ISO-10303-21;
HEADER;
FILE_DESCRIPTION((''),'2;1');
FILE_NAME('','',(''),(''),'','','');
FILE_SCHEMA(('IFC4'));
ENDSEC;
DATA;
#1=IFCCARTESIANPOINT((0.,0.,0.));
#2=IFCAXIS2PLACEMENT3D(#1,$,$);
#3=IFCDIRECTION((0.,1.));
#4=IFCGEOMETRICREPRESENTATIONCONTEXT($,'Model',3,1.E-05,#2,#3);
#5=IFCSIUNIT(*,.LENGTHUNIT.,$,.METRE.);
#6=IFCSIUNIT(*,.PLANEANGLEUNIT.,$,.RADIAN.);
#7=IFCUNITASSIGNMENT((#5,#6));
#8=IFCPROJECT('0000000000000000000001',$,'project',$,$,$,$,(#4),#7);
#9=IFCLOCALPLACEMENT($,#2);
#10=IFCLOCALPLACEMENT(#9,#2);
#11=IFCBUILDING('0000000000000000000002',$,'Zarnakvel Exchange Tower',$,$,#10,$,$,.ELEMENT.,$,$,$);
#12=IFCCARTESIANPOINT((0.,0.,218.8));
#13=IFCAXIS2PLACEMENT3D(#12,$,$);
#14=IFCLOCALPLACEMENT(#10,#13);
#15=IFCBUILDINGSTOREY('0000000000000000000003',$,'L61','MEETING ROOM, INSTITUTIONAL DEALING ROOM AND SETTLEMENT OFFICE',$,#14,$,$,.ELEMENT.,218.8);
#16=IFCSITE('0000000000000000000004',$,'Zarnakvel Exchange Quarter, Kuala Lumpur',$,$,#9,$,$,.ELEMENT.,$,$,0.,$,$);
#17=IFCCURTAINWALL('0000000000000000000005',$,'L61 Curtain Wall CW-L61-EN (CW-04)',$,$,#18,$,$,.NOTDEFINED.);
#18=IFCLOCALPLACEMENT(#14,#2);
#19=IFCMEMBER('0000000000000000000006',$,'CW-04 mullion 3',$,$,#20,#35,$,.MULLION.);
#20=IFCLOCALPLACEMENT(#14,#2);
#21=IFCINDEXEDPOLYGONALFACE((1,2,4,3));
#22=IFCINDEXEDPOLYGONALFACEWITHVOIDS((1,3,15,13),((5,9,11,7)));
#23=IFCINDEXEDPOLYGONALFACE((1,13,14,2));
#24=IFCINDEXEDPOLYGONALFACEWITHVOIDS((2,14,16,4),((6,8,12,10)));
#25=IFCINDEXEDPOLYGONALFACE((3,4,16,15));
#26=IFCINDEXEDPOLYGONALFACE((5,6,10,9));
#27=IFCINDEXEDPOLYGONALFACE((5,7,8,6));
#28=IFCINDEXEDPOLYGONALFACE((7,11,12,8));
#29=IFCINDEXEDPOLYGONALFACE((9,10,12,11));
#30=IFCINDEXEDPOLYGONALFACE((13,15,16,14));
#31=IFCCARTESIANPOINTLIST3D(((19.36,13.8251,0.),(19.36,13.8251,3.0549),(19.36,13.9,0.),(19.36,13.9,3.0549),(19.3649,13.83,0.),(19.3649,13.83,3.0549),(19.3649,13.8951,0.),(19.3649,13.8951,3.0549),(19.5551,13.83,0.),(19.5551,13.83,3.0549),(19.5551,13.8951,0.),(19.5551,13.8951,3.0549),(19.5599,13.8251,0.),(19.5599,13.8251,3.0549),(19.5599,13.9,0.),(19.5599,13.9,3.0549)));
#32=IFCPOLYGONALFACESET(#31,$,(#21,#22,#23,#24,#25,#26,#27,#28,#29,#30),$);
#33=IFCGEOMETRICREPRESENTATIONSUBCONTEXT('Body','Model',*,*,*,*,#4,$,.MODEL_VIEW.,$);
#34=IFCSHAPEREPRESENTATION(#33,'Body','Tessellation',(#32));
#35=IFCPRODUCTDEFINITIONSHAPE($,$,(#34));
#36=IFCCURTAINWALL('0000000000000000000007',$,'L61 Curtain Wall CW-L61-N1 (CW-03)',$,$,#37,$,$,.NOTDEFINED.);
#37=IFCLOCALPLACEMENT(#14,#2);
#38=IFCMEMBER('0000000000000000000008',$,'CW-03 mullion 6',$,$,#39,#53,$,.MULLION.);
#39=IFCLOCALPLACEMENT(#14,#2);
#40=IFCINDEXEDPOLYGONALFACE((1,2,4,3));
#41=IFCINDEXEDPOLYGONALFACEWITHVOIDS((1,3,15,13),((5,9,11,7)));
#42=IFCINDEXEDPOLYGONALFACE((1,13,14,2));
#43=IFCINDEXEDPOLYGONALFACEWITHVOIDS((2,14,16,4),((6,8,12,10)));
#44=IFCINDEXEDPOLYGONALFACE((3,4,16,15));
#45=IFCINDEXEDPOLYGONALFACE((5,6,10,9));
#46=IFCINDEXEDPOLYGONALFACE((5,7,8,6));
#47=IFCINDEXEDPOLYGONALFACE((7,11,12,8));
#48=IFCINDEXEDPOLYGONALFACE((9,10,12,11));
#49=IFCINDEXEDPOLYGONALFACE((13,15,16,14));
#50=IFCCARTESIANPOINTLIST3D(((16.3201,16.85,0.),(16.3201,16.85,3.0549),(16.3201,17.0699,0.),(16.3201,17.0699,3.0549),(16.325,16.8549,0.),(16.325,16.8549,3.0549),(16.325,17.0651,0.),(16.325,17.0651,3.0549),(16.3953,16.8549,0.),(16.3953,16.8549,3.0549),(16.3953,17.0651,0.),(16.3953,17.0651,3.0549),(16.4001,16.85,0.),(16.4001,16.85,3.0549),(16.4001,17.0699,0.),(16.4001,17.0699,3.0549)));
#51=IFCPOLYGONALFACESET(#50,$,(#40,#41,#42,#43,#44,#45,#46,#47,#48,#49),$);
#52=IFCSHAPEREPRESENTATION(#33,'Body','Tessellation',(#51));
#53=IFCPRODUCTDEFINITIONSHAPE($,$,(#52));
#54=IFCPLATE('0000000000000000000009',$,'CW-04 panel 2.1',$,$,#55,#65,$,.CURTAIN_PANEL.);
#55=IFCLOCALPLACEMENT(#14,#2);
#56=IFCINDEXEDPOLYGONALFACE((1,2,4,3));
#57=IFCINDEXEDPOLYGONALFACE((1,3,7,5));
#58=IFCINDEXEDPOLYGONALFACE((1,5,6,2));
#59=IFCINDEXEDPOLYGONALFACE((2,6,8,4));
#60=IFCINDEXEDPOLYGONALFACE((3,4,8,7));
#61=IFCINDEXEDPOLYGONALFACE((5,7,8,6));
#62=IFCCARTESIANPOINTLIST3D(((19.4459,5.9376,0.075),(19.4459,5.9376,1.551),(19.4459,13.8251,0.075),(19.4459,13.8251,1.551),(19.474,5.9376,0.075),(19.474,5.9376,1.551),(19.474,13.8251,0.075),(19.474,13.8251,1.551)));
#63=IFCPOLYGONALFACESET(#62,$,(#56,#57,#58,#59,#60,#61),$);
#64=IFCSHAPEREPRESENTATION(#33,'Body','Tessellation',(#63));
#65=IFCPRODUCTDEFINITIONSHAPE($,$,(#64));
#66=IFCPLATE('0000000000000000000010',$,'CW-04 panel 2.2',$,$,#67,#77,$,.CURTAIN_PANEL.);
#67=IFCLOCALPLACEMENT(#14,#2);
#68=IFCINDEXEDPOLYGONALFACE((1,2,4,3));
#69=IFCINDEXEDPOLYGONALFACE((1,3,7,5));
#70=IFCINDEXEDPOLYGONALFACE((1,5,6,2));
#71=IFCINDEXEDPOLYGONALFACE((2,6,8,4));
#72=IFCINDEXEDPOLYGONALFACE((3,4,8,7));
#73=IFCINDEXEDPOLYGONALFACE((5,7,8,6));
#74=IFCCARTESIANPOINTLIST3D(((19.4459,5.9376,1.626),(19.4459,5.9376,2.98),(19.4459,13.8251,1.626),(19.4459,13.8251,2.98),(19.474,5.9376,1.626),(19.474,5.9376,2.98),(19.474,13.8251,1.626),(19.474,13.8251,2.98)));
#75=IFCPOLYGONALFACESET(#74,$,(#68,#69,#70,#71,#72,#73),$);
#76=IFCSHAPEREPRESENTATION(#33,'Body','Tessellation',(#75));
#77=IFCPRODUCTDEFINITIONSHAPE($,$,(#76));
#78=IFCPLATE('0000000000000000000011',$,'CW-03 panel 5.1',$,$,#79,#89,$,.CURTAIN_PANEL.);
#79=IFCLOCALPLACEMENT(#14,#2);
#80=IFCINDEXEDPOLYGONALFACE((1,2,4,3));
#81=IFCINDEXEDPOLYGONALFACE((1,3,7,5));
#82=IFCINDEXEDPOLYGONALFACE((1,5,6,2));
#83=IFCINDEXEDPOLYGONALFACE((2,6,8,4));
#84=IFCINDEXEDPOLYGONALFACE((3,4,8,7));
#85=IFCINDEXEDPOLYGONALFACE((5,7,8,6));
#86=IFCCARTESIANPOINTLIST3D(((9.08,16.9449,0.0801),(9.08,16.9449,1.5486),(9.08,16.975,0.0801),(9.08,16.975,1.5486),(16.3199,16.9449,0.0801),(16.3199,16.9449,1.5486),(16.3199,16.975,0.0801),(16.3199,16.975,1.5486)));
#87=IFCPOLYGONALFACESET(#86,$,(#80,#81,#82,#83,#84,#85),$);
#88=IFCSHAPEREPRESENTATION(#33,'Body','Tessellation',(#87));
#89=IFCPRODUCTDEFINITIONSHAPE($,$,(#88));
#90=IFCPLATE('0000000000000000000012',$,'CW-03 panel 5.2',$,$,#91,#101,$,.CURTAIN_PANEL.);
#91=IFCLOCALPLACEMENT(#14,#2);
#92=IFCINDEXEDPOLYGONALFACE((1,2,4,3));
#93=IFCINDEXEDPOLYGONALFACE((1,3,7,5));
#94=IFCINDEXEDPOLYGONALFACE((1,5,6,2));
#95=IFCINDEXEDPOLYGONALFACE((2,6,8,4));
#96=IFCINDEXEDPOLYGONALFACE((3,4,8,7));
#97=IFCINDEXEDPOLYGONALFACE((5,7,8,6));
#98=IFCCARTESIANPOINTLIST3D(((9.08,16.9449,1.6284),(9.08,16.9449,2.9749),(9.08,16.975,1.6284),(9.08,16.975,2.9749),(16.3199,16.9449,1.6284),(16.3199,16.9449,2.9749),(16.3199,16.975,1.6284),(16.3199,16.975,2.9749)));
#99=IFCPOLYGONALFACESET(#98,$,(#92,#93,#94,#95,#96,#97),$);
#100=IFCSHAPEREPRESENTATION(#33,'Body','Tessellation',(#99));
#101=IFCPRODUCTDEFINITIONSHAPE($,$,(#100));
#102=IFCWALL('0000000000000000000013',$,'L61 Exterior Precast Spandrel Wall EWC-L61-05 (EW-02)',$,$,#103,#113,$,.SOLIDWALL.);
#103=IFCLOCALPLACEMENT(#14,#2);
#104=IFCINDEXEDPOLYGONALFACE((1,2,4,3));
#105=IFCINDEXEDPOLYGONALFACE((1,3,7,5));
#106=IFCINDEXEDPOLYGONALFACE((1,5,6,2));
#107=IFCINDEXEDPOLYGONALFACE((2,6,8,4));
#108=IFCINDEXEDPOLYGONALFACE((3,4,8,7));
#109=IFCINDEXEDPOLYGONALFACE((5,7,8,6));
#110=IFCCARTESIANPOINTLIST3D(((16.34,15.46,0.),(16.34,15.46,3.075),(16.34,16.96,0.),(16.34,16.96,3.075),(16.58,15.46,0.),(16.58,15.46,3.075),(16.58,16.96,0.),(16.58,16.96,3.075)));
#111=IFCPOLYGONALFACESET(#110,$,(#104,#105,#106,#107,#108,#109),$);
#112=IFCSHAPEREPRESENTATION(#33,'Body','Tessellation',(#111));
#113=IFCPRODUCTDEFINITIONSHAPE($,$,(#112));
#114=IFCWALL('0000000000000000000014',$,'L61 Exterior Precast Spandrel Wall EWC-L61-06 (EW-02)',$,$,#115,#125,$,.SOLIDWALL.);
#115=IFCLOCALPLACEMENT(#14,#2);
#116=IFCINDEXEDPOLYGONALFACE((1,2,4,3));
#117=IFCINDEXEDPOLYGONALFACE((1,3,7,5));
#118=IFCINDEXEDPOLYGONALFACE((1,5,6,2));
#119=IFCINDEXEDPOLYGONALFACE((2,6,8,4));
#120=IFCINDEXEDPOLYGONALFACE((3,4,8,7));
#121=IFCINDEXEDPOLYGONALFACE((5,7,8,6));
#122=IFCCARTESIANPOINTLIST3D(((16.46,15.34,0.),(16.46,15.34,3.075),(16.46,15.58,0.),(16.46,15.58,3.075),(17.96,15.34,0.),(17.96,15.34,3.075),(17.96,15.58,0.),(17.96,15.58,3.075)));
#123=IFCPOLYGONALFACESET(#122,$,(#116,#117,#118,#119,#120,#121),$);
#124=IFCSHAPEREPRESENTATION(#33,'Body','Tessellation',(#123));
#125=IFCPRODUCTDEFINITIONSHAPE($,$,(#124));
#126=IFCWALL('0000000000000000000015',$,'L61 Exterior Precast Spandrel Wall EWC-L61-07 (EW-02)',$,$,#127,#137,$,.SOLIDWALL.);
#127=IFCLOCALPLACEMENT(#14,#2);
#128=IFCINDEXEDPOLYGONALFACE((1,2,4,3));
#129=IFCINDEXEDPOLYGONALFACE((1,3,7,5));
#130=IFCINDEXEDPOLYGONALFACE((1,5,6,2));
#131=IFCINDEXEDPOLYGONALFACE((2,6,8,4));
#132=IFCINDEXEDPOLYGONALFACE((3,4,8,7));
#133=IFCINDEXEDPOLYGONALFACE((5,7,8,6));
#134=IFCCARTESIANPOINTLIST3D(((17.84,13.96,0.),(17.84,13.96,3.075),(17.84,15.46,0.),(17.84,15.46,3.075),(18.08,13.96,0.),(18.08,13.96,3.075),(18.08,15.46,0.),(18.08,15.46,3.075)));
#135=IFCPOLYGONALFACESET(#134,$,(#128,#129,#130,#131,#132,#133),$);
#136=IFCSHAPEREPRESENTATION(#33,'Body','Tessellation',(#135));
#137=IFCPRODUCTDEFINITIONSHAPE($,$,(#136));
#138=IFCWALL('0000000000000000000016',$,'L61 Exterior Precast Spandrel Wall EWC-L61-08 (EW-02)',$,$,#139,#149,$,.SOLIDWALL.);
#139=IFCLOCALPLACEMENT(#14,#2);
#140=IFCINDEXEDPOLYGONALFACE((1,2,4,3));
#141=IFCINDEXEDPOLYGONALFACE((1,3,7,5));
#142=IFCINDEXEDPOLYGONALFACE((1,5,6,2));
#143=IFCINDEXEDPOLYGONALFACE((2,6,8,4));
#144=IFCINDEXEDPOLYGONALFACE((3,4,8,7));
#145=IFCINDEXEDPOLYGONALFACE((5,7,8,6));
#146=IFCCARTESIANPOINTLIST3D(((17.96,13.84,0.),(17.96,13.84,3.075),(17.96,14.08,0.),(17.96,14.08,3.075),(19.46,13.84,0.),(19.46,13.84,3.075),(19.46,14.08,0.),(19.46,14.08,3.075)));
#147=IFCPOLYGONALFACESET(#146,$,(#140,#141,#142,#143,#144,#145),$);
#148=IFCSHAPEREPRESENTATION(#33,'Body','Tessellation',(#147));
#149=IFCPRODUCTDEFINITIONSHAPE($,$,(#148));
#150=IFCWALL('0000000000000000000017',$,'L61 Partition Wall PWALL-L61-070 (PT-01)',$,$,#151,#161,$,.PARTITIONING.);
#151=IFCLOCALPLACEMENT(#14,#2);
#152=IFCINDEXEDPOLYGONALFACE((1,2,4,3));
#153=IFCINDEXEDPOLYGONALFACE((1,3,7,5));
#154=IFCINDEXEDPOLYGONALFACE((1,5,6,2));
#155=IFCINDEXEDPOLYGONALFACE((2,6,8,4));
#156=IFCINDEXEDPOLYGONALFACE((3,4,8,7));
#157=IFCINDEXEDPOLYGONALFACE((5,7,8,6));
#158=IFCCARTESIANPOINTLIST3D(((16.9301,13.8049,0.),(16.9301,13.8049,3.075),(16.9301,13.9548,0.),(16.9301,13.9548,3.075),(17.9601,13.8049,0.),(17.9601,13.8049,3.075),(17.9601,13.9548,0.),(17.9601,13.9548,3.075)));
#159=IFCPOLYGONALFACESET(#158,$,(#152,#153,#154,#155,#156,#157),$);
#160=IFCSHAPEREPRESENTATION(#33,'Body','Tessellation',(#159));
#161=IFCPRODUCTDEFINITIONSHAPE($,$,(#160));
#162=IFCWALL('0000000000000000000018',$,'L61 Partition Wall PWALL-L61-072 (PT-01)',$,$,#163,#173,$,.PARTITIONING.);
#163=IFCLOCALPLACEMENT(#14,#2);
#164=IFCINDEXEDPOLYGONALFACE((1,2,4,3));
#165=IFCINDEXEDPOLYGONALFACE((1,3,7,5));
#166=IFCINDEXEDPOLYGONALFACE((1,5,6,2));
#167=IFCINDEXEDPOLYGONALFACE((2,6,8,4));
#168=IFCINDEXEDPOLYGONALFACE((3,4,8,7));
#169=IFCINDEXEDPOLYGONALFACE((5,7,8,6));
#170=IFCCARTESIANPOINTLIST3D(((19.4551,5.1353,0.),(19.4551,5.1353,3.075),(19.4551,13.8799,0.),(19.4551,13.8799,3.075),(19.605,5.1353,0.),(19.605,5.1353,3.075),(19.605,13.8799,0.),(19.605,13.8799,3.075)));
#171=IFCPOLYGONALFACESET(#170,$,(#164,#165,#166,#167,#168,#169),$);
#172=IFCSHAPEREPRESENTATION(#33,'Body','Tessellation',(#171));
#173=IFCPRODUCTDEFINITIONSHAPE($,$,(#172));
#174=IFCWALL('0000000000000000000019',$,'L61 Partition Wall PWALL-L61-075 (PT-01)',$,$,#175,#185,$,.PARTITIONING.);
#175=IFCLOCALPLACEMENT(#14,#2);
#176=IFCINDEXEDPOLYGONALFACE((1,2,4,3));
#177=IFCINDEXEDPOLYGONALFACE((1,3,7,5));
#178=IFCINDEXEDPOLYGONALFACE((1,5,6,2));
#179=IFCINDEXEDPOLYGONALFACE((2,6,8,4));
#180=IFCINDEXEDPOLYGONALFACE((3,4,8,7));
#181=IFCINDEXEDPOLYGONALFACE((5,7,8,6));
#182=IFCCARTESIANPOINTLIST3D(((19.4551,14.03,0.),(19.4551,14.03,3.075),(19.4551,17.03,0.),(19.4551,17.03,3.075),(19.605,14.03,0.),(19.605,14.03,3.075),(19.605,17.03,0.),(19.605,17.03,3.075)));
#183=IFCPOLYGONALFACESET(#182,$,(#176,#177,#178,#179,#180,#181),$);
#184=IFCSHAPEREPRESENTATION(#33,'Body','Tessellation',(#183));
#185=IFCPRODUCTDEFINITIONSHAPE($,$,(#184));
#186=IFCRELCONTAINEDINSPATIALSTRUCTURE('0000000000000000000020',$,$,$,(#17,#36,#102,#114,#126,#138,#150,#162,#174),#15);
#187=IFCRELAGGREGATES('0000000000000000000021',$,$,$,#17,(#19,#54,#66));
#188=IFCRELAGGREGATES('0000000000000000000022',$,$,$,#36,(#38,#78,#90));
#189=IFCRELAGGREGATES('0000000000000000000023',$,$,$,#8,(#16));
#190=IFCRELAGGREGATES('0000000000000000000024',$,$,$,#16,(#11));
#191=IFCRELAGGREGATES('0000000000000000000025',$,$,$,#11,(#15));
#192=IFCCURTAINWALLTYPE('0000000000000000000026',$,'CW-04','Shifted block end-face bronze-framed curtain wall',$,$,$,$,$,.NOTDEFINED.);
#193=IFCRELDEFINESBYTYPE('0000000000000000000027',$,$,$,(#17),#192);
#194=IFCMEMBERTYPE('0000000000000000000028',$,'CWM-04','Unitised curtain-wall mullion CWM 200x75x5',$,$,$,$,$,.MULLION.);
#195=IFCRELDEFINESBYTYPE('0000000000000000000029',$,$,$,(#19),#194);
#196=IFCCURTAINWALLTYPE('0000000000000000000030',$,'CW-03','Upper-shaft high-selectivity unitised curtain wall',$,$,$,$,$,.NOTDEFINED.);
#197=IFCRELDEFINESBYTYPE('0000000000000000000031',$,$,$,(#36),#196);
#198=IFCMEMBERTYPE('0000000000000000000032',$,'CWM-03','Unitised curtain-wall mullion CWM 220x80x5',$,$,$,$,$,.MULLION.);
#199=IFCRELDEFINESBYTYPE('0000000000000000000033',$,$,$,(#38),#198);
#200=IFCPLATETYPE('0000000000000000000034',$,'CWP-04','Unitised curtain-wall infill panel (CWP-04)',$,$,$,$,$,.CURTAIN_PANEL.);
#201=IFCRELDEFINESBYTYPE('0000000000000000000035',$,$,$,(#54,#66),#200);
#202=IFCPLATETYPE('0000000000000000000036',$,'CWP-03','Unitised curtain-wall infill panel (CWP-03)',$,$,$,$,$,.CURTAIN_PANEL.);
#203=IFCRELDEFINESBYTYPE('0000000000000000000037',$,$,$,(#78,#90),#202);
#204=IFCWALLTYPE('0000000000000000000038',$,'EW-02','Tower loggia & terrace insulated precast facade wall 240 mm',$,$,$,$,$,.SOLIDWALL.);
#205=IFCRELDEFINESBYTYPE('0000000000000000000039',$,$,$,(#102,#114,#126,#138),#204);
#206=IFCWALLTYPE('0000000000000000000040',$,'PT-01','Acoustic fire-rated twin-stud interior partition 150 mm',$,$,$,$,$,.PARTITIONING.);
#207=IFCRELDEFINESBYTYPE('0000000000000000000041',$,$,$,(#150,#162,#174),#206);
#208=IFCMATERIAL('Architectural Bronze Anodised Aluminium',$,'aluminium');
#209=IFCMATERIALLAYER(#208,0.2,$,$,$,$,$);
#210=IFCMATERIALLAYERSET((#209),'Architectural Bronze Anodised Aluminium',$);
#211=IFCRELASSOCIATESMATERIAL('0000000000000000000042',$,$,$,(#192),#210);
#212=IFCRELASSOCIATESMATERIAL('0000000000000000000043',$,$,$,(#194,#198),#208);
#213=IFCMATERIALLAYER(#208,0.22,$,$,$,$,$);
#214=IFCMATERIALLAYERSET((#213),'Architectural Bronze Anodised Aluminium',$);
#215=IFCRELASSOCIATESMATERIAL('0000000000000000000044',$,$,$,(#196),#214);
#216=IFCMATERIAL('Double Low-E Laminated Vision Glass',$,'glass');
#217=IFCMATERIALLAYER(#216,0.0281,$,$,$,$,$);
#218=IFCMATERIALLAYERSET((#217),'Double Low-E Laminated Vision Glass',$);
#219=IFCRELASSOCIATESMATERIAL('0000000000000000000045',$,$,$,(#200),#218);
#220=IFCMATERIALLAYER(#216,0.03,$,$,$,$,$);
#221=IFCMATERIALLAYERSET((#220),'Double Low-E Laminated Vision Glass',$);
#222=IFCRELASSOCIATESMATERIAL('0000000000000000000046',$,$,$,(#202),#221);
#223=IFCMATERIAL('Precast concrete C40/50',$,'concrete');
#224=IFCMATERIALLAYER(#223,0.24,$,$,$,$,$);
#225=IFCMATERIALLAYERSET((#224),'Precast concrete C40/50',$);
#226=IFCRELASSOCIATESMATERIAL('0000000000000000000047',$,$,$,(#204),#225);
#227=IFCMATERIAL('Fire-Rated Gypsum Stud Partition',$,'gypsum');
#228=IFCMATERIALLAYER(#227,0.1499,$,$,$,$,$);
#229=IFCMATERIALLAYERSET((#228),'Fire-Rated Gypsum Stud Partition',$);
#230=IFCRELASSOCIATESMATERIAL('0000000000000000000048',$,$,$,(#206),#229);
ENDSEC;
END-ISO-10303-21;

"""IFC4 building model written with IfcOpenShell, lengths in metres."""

from ifc_helpers import new_model, si_unit, direction, frame, frame_2d, origin, origin_2d, place, context, subcontext, project, spatial, rectangle, hollow_rectangle, extrude, source, transform, mapped, material, layer, layer_set, material_profile, profile_set, type_object, element, aggregate, save


model = new_model("IFC4")

# Units and contexts
model_context = context("Model", 3, precision=1e-05, world=origin(), true_north=direction((0.0, 1.0)))
body_context = subcontext(model_context, "Body", "Model", "MODEL_VIEW")
ifc_project = project(units=[si_unit("LENGTHUNIT", "METRE"), si_unit("PLANEANGLEUNIT", "RADIAN")], contexts=[model_context])

# Site, building, storey
site_placement = place(None, origin())
site = spatial("IfcSite", under=ifc_project, at=site_placement, Name="Zarnakvel Exchange Quarter, Kuala Lumpur", CompositionType="ELEMENT", RefElevation=0.0)
building_placement = place(site_placement, origin())
building = spatial("IfcBuilding", under=site, at=building_placement, Name="Zarnakvel Exchange Tower", CompositionType="ELEMENT")
storey_placement = place(building_placement, frame((0.0, 0.0, 218.8)))
storey = spatial("IfcBuildingStorey", under=building, at=storey_placement, Name="L61", Description="MEETING ROOM, INSTITUTIONAL DEALING ROOM AND SETTLEMENT OFFICE", CompositionType="ELEMENT", Elevation=218.8)

# Curtain walls, members
ifc_material_1 = material(Name="Architectural Bronze Anodised Aluminium", Category="aluminium")
ifc_layer_1 = layer(ifc_material_1, 0.2)
ifc_layer_set_1 = layer_set([ifc_layer_1], Name="Architectural Bronze Anodised Aluminium")
curtain_wall_type_1 = type_object("IfcCurtainWallType", Name="CW-04", Description="Shifted block end-face bronze-framed curtain wall", PredefinedType="NOTDEFINED", material=ifc_layer_set_1)
curtain_wall_1_placement = place(storey_placement, origin())
curtain_wall_1 = element("IfcCurtainWall", 1, at=curtain_wall_1_placement, inside=storey, type_object=curtain_wall_type_1, Name="L61 Curtain Wall CW-L61-EN (CW-04)", PredefinedType="NOTDEFINED")
ifc_material_profile_1 = material_profile(ifc_material_1, hollow_rectangle(XDim=0.2, YDim=0.075, WallThickness=0.0049, at=origin_2d()))
ifc_profile_set_1 = profile_set([ifc_material_profile_1], Name="Architectural Bronze Anodised Aluminium")
member_type_1 = type_object("IfcMemberType", Name="CWM-04", Description="Unitised curtain-wall mullion CWM 200x75x5", PredefinedType="MULLION", material=ifc_profile_set_1)
shared_shape_1 = source(origin(), body_context, "Body", "SweptSolid", [
    extrude(hollow_rectangle(XDim=0.2, YDim=0.075, WallThickness=0.0049, at=origin_2d()), origin(), (0.0, 0.0, 1.0), 3.0549),
])
member_1_placement = place(storey_placement, frame((19.46, 13.8625, 0.0), z_axis=(0.0, 0.0, 1.0), x_axis=(-1.0, 0.0, 0.0)))
member_1 = element("IfcMember", 2, at=member_1_placement, type_object=member_type_1, Name="CW-04 mullion 3", PredefinedType="MULLION", context=body_context, shape_type="MappedRepresentation", body=[
    mapped(shared_shape_1, transform((0.0, 0.0, 0.0), x_axis=(1.0, 0.0, 0.0), y_axis=(0.0, 1.0, 0.0), z_axis=(0.0, 0.0, 1.0), scale=1.0)),
])
ifc_layer_2 = layer(ifc_material_1, 0.22)
ifc_layer_set_2 = layer_set([ifc_layer_2], Name="Architectural Bronze Anodised Aluminium")
curtain_wall_type_2 = type_object("IfcCurtainWallType", Name="CW-03", Description="Upper-shaft high-selectivity unitised curtain wall", PredefinedType="NOTDEFINED", material=ifc_layer_set_2)
curtain_wall_2_placement = place(storey_placement, origin())
curtain_wall_2 = element("IfcCurtainWall", 3, at=curtain_wall_2_placement, inside=storey, type_object=curtain_wall_type_2, Name="L61 Curtain Wall CW-L61-N1 (CW-03)", PredefinedType="NOTDEFINED")
ifc_material_profile_2 = material_profile(ifc_material_1, hollow_rectangle(XDim=0.22, YDim=0.0801, WallThickness=0.0049, at=origin_2d()))
ifc_profile_set_2 = profile_set([ifc_material_profile_2], Name="Architectural Bronze Anodised Aluminium")
member_type_2 = type_object("IfcMemberType", Name="CWM-03", Description="Unitised curtain-wall mullion CWM 220x80x5", PredefinedType="MULLION", material=ifc_profile_set_2)
shared_shape_2 = source(origin(), body_context, "Body", "SweptSolid", [
    extrude(hollow_rectangle(XDim=0.22, YDim=0.0801, WallThickness=0.0049, at=origin_2d()), origin(), (0.0, 0.0, 1.0), 3.0549),
])
member_2_placement = place(storey_placement, frame((16.3601, 16.96, 0.0), z_axis=(0.0, 0.0, 1.0), x_axis=(0.0, 1.0, 0.0)))
member_2 = element("IfcMember", 4, at=member_2_placement, type_object=member_type_2, Name="CW-03 mullion 6", PredefinedType="MULLION", context=body_context, shape_type="MappedRepresentation", body=[
    mapped(shared_shape_2, transform((0.0, 0.0, 0.0), x_axis=(1.0, 0.0, 0.0), y_axis=(0.0, 1.0, 0.0), z_axis=(0.0, 0.0, 1.0), scale=1.0)),
])

# Plates
ifc_material_2 = material(Name="Double Low-E Laminated Vision Glass", Category="glass")
ifc_layer_3 = layer(ifc_material_2, 0.0281)
ifc_layer_set_3 = layer_set([ifc_layer_3], Name="Double Low-E Laminated Vision Glass")
plate_type_1 = type_object("IfcPlateType", Name="CWP-04", Description="Unitised curtain-wall infill panel (CWP-04)", PredefinedType="CURTAIN_PANEL", material=ifc_layer_set_3)
shared_shape_3 = source(origin(), body_context, "Body", "SweptSolid", [
    extrude(rectangle(XDim=7.8875, YDim=0.0281, at=origin_2d()), origin(), (0.0, 0.0, 1.0), 1.4761),
])
plate_1_placement = place(storey_placement, frame((19.46, 9.8813, 0.075), z_axis=(0.0, 0.0, 1.0), x_axis=(0.0, 1.0, 0.0)))
plate_1 = element("IfcPlate", 5, at=plate_1_placement, type_object=plate_type_1, Name="CW-04 panel 2.1", PredefinedType="CURTAIN_PANEL", context=body_context, shape_type="MappedRepresentation", body=[
    mapped(shared_shape_3, transform((0.0, 0.0, 0.0), x_axis=(1.0, 0.0, 0.0), y_axis=(0.0, 1.0, 0.0), z_axis=(0.0, 0.0, 1.0), scale=1.0)),
])
shared_shape_4 = source(origin(), body_context, "Body", "SweptSolid", [
    extrude(rectangle(XDim=7.8875, YDim=0.0281, at=origin_2d()), origin(), (0.0, 0.0, 1.0), 1.354),
])
plate_2_placement = place(storey_placement, frame((19.46, 9.8813, 1.626), z_axis=(0.0, 0.0, 1.0), x_axis=(0.0, 1.0, 0.0)))
plate_2 = element("IfcPlate", 6, at=plate_2_placement, type_object=plate_type_1, Name="CW-04 panel 2.2", PredefinedType="CURTAIN_PANEL", context=body_context, shape_type="MappedRepresentation", body=[
    mapped(shared_shape_4, transform((0.0, 0.0, 0.0), x_axis=(1.0, 0.0, 0.0), y_axis=(0.0, 1.0, 0.0), z_axis=(0.0, 0.0, 1.0), scale=1.0)),
])
aggregate(curtain_wall_1, [member_1, plate_1, plate_2])
ifc_layer_4 = layer(ifc_material_2, 0.03)
ifc_layer_set_4 = layer_set([ifc_layer_4], Name="Double Low-E Laminated Vision Glass")
plate_type_2 = type_object("IfcPlateType", Name="CWP-03", Description="Unitised curtain-wall infill panel (CWP-03)", PredefinedType="CURTAIN_PANEL", material=ifc_layer_set_4)
shared_shape_5 = source(origin(), body_context, "Body", "SweptSolid", [
    extrude(rectangle(XDim=7.24, YDim=0.03, at=origin_2d()), origin(), (0.0, 0.0, 1.0), 1.4685),
])
plate_3_placement = place(storey_placement, frame((12.7, 16.96, 0.0801), z_axis=(0.0, 0.0, 1.0), x_axis=(1.0, 0.0, 0.0)))
plate_3 = element("IfcPlate", 7, at=plate_3_placement, type_object=plate_type_2, Name="CW-03 panel 5.1", PredefinedType="CURTAIN_PANEL", context=body_context, shape_type="MappedRepresentation", body=[
    mapped(shared_shape_5, transform((0.0, 0.0, 0.0), x_axis=(1.0, 0.0, 0.0), y_axis=(0.0, 1.0, 0.0), z_axis=(0.0, 0.0, 1.0), scale=1.0)),
])
shared_shape_6 = source(origin(), body_context, "Body", "SweptSolid", [
    extrude(rectangle(XDim=7.24, YDim=0.03, at=origin_2d()), origin(), (0.0, 0.0, 1.0), 1.3464),
])
plate_4_placement = place(storey_placement, frame((12.7, 16.96, 1.6284), z_axis=(0.0, 0.0, 1.0), x_axis=(1.0, 0.0, 0.0)))
plate_4 = element("IfcPlate", 8, at=plate_4_placement, type_object=plate_type_2, Name="CW-03 panel 5.2", PredefinedType="CURTAIN_PANEL", context=body_context, shape_type="MappedRepresentation", body=[
    mapped(shared_shape_6, transform((0.0, 0.0, 0.0), x_axis=(1.0, 0.0, 0.0), y_axis=(0.0, 1.0, 0.0), z_axis=(0.0, 0.0, 1.0), scale=1.0)),
])
aggregate(curtain_wall_2, [member_2, plate_3, plate_4])

# Walls
ifc_material_3 = material(Name="Precast concrete C40/50", Category="concrete")
ifc_layer_5 = layer(ifc_material_3, 0.24)
ifc_layer_set_5 = layer_set([ifc_layer_5], Name="Precast concrete C40/50")
wall_type_1 = type_object("IfcWallType", Name="EW-02", Description="Tower loggia & terrace insulated precast facade wall 240 mm", PredefinedType="SOLIDWALL", material=ifc_layer_set_5)
for number, where, z_axis, x_axis, name in (
    (9, (16.46, 15.46, 0.0), (0.0, 0.0, 1.0), (0.0, 1.0, 0.0), "L61 Exterior Precast Spandrel Wall EWC-L61-05 (EW-02)"),
    (10, (17.96, 15.46, 0.0), (0.0, 0.0, 1.0), (-1.0, 0.0, 0.0), "L61 Exterior Precast Spandrel Wall EWC-L61-06 (EW-02)"),
    (11, (17.96, 13.96, 0.0), (0.0, 0.0, 1.0), (0.0, 1.0, 0.0), "L61 Exterior Precast Spandrel Wall EWC-L61-07 (EW-02)"),
    (12, (19.46, 13.96, 0.0), (0.0, 0.0, 1.0), (-1.0, 0.0, 0.0), "L61 Exterior Precast Spandrel Wall EWC-L61-08 (EW-02)"),
):
    element("IfcWall", number, at=place(storey_placement, frame(where, z_axis=z_axis, x_axis=x_axis)), inside=storey, type_object=wall_type_1, Name=name, PredefinedType="SOLIDWALL", context=body_context, shape_type="SweptSolid", body=[
        extrude(rectangle(XDim=1.5, YDim=0.24, at=frame_2d((0.75, 0.0))), origin(), (0.0, 0.0, 1.0), 3.075),
    ])
ifc_material_4 = material(Name="Fire-Rated Gypsum Stud Partition", Category="gypsum")
ifc_layer_6 = layer(ifc_material_4, 0.1499)
ifc_layer_set_6 = layer_set([ifc_layer_6], Name="Fire-Rated Gypsum Stud Partition")
wall_type_2 = type_object("IfcWallType", Name="PT-01", Description="Acoustic fire-rated twin-stud interior partition 150 mm", PredefinedType="PARTITIONING", material=ifc_layer_set_6)
wall_1_placement = place(storey_placement, frame((16.9299, 13.8799, 0.0), z_axis=(0.0, 0.0, 1.0), x_axis=(1.0, 0.0, 0.0)))
element("IfcWall", 13, at=wall_1_placement, inside=storey, type_object=wall_type_2, Name="L61 Partition Wall PWALL-L61-070 (PT-01)", PredefinedType="PARTITIONING", context=body_context, shape_type="SweptSolid", body=[
    extrude(rectangle(XDim=1.03, YDim=0.1499, at=frame_2d((0.5151, 0.0))), origin(), (0.0, 0.0, 1.0), 3.075),
])
wall_2_placement = place(storey_placement, frame((19.53, 13.8799, 0.0), z_axis=(0.0, 0.0, 1.0), x_axis=(0.0, -1.0, 0.0)))
element("IfcWall", 14, at=wall_2_placement, inside=storey, type_object=wall_type_2, Name="L61 Partition Wall PWALL-L61-072 (PT-01)", PredefinedType="PARTITIONING", context=body_context, shape_type="SweptSolid", body=[
    extrude(rectangle(XDim=8.7446, YDim=0.1499, at=frame_2d((4.3723, 0.0))), origin(), (0.0, 0.0, 1.0), 3.075),
])
wall_3_placement = place(storey_placement, frame((19.53, 17.03, 0.0), z_axis=(0.0, 0.0, 1.0), x_axis=(0.0, -1.0, 0.0)))
element("IfcWall", 15, at=wall_3_placement, inside=storey, type_object=wall_type_2, Name="L61 Partition Wall PWALL-L61-075 (PT-01)", PredefinedType="PARTITIONING", context=body_context, shape_type="SweptSolid", body=[
    extrude(rectangle(XDim=3.0, YDim=0.1499, at=frame_2d((1.5, 0.0))), origin(), (0.0, 0.0, 1.0), 3.075),
])

save(model, "model.ifc")
